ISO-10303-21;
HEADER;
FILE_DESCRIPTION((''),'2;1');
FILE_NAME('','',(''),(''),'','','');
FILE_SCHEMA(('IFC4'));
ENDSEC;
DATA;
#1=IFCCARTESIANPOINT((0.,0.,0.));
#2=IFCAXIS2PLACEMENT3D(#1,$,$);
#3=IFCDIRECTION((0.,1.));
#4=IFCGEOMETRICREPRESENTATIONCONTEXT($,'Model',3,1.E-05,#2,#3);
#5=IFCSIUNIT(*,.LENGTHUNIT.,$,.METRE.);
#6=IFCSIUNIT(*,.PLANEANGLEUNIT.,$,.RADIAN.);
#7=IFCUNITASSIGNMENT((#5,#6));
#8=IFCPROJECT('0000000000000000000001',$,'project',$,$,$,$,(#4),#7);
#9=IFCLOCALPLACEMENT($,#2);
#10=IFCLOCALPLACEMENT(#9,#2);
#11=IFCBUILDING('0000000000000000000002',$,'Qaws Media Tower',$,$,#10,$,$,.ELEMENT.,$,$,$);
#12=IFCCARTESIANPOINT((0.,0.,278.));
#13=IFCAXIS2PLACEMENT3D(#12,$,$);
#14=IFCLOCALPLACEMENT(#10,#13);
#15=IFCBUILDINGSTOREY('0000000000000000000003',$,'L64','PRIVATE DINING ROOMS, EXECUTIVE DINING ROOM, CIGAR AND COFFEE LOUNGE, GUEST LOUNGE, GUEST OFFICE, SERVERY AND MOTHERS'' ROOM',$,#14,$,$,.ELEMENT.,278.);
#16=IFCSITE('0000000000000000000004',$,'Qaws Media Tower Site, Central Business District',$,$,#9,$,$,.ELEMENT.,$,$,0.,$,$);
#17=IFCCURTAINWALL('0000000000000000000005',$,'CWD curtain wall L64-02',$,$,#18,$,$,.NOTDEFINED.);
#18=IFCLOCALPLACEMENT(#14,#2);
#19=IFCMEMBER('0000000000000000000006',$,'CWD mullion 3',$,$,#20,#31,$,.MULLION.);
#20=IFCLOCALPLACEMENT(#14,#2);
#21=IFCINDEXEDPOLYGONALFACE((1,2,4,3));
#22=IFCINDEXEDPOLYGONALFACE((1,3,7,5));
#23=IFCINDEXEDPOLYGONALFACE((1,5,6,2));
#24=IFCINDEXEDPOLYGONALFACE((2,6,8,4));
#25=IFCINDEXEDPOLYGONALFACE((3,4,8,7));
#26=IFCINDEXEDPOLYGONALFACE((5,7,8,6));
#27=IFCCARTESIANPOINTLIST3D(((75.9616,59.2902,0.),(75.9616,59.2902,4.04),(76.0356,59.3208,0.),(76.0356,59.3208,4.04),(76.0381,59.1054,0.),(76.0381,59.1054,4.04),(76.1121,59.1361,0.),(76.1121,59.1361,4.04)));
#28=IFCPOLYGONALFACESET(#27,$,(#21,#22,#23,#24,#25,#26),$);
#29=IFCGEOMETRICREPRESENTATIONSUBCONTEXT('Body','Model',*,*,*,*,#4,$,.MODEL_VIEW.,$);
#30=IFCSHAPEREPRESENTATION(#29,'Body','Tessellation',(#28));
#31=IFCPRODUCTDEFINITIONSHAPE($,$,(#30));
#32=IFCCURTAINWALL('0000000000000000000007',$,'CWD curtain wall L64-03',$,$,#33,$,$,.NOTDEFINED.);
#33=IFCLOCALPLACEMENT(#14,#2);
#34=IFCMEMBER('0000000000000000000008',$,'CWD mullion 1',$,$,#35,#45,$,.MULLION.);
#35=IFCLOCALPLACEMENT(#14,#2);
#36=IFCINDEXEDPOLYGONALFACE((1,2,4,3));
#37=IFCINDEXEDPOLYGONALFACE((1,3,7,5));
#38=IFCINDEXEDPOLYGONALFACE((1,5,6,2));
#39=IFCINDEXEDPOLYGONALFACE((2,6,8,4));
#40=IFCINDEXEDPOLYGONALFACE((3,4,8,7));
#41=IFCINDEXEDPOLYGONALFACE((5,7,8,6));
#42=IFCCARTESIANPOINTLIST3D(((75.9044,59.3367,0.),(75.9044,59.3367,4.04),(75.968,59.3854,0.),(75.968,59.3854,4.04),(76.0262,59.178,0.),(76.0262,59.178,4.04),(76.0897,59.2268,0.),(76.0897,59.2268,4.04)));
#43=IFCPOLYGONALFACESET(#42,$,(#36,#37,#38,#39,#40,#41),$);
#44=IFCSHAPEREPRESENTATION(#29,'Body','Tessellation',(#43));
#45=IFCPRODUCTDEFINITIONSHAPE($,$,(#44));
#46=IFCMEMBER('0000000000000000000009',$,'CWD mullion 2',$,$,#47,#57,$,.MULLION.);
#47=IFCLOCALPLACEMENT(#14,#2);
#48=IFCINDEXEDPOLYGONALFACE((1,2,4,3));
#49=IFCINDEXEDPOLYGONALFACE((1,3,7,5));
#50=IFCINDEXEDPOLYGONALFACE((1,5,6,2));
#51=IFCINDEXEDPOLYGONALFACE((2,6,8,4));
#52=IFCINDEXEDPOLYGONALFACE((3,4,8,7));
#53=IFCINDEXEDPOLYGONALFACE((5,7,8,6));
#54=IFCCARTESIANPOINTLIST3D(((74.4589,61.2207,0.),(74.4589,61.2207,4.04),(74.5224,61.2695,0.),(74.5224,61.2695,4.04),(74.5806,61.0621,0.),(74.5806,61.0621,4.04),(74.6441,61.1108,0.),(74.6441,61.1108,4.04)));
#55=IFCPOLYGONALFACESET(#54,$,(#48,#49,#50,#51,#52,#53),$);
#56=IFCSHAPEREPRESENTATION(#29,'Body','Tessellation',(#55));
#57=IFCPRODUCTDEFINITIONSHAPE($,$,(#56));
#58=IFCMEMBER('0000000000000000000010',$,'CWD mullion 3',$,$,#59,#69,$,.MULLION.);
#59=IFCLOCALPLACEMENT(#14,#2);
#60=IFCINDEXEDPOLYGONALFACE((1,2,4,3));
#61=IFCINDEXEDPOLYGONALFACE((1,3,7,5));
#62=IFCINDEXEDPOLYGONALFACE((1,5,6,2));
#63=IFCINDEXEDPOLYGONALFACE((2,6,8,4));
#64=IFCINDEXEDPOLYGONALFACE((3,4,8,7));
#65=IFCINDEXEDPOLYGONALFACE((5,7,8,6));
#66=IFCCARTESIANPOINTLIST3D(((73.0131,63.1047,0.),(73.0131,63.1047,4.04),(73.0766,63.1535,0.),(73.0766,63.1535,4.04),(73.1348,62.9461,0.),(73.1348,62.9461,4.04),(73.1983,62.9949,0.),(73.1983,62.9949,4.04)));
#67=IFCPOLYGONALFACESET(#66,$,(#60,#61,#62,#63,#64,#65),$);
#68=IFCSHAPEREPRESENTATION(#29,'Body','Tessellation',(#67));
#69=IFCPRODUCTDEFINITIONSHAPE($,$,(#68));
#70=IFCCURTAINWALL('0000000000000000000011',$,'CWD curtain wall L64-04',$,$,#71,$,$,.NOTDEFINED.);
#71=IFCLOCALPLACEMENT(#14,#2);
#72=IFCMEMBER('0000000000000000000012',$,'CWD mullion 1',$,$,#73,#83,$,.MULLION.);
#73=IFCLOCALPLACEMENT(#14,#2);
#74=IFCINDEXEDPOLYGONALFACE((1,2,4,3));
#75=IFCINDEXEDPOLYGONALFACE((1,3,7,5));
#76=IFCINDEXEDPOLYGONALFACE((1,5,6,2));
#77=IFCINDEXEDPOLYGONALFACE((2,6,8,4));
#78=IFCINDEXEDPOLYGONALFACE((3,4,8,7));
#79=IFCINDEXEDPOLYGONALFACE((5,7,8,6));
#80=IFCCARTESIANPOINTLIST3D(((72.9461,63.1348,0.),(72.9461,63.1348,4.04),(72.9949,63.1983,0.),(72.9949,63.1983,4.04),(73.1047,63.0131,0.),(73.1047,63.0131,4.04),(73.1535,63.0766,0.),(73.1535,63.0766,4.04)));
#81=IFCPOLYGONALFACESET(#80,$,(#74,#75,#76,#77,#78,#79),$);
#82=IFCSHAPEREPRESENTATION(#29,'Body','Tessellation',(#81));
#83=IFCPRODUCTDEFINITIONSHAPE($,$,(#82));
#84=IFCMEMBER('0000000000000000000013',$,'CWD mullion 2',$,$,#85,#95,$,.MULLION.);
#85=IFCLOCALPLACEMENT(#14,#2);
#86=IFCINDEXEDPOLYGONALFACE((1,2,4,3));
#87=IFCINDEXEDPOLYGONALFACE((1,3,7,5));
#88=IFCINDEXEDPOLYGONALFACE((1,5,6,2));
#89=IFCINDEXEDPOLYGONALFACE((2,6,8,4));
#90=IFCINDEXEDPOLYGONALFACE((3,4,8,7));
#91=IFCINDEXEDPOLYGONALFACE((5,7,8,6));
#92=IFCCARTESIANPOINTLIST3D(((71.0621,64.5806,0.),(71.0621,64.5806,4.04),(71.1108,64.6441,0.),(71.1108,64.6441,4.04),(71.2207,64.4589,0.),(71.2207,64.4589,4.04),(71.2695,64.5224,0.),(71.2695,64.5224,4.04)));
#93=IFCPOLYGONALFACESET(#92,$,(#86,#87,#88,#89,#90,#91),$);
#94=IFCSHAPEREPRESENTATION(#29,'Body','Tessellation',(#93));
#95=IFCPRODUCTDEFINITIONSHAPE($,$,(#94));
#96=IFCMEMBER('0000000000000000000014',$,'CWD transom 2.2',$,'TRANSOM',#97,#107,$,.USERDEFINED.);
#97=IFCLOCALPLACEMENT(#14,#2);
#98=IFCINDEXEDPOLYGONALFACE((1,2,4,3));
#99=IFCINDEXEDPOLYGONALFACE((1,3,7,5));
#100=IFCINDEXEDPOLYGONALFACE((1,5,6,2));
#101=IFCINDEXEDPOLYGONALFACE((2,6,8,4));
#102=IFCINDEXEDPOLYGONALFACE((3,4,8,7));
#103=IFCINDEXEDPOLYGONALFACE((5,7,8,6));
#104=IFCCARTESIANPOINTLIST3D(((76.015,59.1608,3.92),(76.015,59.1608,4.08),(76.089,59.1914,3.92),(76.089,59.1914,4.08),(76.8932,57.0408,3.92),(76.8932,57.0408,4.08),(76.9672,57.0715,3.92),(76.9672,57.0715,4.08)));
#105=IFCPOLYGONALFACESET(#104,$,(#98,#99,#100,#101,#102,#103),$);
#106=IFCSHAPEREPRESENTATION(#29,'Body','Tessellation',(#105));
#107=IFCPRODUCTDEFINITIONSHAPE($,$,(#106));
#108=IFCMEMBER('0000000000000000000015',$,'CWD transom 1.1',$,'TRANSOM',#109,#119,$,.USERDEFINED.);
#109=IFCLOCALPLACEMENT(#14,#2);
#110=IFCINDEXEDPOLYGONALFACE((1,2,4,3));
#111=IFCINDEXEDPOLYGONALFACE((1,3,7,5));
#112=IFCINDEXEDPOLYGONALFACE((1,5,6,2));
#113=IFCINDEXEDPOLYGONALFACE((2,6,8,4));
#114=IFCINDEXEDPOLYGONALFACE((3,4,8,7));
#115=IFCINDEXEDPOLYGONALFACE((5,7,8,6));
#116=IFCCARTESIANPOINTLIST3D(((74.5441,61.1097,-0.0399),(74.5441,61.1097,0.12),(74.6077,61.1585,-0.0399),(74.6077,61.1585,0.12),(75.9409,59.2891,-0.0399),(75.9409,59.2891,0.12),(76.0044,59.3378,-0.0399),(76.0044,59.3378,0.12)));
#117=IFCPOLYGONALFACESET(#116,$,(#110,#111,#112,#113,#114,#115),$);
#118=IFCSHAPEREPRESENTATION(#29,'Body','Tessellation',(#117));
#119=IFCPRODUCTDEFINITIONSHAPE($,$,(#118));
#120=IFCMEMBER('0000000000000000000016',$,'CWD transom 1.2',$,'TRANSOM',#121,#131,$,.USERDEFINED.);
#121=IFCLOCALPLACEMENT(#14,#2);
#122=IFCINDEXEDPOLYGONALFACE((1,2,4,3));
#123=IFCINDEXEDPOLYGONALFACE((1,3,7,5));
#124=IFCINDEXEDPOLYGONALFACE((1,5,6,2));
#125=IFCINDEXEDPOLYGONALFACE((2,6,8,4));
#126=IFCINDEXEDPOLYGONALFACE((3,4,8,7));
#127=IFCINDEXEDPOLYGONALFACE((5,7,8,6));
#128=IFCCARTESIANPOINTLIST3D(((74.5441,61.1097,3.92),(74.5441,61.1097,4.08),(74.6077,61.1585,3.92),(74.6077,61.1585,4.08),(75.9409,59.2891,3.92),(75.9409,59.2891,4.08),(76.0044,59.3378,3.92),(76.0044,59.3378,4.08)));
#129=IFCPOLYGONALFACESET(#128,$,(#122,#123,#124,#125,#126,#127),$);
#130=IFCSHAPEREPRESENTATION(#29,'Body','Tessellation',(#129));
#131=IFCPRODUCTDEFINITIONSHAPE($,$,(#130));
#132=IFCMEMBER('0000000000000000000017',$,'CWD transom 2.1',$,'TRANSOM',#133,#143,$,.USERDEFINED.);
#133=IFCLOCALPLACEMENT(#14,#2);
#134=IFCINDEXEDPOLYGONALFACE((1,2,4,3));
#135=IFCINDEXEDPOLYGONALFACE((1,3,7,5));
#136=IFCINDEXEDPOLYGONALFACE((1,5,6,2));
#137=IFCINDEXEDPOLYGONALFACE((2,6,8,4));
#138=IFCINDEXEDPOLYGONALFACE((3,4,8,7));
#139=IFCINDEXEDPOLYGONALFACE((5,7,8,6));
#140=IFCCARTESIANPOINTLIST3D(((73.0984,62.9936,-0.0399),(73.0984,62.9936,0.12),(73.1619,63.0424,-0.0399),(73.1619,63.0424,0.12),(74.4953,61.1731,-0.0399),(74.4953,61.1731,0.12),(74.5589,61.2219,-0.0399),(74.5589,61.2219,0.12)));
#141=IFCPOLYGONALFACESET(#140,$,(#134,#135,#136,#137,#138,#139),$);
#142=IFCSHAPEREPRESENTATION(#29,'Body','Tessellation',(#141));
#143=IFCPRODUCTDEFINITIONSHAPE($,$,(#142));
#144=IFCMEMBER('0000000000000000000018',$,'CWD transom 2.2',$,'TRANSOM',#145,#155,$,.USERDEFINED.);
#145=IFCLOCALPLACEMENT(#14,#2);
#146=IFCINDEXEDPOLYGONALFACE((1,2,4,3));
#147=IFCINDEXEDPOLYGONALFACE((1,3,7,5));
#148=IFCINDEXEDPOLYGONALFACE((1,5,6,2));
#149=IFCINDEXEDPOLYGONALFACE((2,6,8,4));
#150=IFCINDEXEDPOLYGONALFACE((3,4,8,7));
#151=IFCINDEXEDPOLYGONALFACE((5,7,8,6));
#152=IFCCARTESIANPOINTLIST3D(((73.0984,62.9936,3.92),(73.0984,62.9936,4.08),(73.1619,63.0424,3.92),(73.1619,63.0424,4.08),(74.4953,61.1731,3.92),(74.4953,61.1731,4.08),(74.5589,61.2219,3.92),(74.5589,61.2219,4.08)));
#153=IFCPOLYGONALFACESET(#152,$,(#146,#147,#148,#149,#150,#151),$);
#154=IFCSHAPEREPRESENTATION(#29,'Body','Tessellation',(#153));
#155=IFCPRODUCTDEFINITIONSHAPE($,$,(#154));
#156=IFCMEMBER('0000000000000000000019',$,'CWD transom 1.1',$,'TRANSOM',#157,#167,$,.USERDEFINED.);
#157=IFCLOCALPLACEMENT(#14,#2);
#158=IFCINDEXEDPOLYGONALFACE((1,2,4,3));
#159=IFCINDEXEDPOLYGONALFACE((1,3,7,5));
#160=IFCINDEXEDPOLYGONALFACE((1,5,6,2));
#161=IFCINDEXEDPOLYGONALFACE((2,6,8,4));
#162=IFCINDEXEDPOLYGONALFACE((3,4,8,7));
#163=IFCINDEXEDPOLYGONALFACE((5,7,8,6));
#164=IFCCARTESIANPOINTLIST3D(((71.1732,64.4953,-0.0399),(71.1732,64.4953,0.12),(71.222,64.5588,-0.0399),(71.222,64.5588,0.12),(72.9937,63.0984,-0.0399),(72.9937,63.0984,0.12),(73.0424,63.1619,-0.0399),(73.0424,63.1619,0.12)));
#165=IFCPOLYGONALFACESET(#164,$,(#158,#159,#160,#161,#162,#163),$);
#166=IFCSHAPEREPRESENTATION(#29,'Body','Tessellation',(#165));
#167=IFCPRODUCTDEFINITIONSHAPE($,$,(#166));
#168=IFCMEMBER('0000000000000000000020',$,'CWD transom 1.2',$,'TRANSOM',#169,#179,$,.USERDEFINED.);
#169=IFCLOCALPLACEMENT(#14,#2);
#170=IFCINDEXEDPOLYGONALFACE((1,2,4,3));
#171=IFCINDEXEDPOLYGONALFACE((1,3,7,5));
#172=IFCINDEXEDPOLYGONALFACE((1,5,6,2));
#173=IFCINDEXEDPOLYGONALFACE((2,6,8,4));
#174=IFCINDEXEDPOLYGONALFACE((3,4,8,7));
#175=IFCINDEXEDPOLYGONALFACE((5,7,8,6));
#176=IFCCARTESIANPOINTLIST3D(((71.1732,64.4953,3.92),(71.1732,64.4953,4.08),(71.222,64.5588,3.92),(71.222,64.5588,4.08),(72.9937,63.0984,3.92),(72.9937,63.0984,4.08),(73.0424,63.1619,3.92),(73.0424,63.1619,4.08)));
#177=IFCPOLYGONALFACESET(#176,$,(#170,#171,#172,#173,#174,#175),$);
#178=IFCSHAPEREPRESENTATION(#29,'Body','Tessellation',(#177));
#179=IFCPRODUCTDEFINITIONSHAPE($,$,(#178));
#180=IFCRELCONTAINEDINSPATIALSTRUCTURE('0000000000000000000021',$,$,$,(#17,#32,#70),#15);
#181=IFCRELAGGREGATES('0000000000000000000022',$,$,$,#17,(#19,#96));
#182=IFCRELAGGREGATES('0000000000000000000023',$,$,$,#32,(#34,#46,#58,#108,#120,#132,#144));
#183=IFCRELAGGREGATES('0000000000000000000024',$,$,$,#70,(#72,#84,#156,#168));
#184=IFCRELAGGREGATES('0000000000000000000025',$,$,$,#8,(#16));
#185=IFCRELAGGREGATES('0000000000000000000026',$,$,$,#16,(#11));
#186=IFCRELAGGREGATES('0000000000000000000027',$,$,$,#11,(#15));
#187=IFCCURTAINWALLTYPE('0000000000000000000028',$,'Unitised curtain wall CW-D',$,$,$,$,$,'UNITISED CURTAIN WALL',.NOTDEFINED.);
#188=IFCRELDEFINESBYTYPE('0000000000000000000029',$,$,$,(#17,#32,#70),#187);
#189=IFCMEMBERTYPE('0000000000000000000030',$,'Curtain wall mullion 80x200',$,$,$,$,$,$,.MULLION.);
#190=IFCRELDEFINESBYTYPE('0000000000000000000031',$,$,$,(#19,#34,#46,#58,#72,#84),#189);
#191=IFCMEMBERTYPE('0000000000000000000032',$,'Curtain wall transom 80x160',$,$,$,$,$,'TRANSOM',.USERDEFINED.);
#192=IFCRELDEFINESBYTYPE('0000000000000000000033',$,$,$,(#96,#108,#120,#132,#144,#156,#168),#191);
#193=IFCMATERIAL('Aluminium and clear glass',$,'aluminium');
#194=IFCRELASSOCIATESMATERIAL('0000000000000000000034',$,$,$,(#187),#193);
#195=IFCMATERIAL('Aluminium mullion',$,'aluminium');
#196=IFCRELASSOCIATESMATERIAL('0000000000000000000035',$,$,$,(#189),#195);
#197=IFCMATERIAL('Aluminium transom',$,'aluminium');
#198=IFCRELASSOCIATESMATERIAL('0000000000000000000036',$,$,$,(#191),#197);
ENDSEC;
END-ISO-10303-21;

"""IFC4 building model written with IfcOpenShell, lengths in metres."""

from ifc_helpers import new_model, si_unit, direction, frame, origin, origin_2d, place, context, subcontext, project, spatial, rectangle, extrude, material, material_profile, profile_set, type_object, element, aggregate, save


model = new_model("IFC4")

# Units and contexts
model_context = context("Model", 3, precision=1e-05, world=origin(), true_north=direction((0.0, 1.0)))
body_context = subcontext(model_context, "Body", "Model", "MODEL_VIEW")
ifc_project = project(units=[si_unit("LENGTHUNIT", "METRE"), si_unit("PLANEANGLEUNIT", "RADIAN")], contexts=[model_context])

# Site, building, storey
site_placement = place(None, origin())
site = spatial("IfcSite", under=ifc_project, at=site_placement, Name="Qaws Media Tower Site, Central Business District", CompositionType="ELEMENT", RefElevation=0.0)
building_placement = place(site_placement, origin())
building = spatial("IfcBuilding", under=site, at=building_placement, Name="Qaws Media Tower", CompositionType="ELEMENT")
storey_placement = place(building_placement, frame((0.0, 0.0, 278.0)))
storey = spatial("IfcBuildingStorey", under=building, at=storey_placement, Name="L64", Description="PRIVATE DINING ROOMS, EXECUTIVE DINING ROOM, CIGAR AND COFFEE LOUNGE, GUEST LOUNGE, GUEST OFFICE, SERVERY AND MOTHERS' ROOM", CompositionType="ELEMENT", Elevation=278.0)

# Curtain wall, member
ifc_material_1 = material(Name="Aluminium and clear glass", Category="aluminium")
curtain_wall_type = type_object("IfcCurtainWallType", Name="Unitised curtain wall CW-D", ElementType="UNITISED CURTAIN WALL", PredefinedType="NOTDEFINED", material=ifc_material_1)
curtain_wall_1_placement = place(storey_placement, origin())
curtain_wall_1 = element("IfcCurtainWall", 1, at=curtain_wall_1_placement, inside=storey, type_object=curtain_wall_type, Name="CWD curtain wall L64-02", PredefinedType="NOTDEFINED")
ifc_material_2 = material(Name="Aluminium mullion", Category="aluminium")
ifc_material_profile_1 = material_profile(ifc_material_2, rectangle(XDim=0.0801, YDim=0.2, at=origin_2d()), Name="80x200")
ifc_profile_set_1 = profile_set([ifc_material_profile_1], Name="Aluminium mullion")
member_type_1 = type_object("IfcMemberType", Name="Curtain wall mullion 80x200", PredefinedType="MULLION", material=ifc_profile_set_1)
member_1_placement = place(storey_placement, frame((76.0369, 59.2131, 0.0), z_axis=(0.0, 0.0, 1.0), x_axis=(-0.92388, -0.382683, 0.0)))
member_1 = element("IfcMember", 2, at=member_1_placement, type_object=member_type_1, Name="CWD mullion 3", PredefinedType="MULLION", context=body_context, shape_type="SweptSolid", body=[
    extrude(rectangle(XDim=0.0801, YDim=0.2, at=origin_2d()), origin(), (0.0, 0.0, 1.0), 4.04),
])

# Curtain walls, members
curtain_wall_2_placement = place(storey_placement, origin())
curtain_wall_2 = element("IfcCurtainWall", 3, at=curtain_wall_2_placement, inside=storey, type_object=curtain_wall_type, Name="CWD curtain wall L64-03", PredefinedType="NOTDEFINED")
member_2_placement = place(storey_placement, frame((75.9971, 59.2817, 0.0), z_axis=(0.0, 0.0, 1.0), x_axis=(-0.793353, -0.608762, 0.0)))
member_2 = element("IfcMember", 4, at=member_2_placement, type_object=member_type_1, Name="CWD mullion 1", PredefinedType="MULLION", context=body_context, shape_type="SweptSolid", body=[
    extrude(rectangle(XDim=0.0801, YDim=0.2, at=origin_2d()), origin(), (0.0, 0.0, 1.0), 4.04),
])
member_3_placement = place(storey_placement, frame((74.5515, 61.1658, 0.0), z_axis=(0.0, 0.0, 1.0), x_axis=(-0.793353, -0.608762, 0.0)))
member_3 = element("IfcMember", 5, at=member_3_placement, type_object=member_type_1, Name="CWD mullion 2", PredefinedType="MULLION", context=body_context, shape_type="SweptSolid", body=[
    extrude(rectangle(XDim=0.0801, YDim=0.2, at=origin_2d()), origin(), (0.0, 0.0, 1.0), 4.04),
])
member_4_placement = place(storey_placement, frame((73.1057, 63.0498, 0.0), z_axis=(0.0, 0.0, 1.0), x_axis=(-0.793353, -0.608762, 0.0)))
member_4 = element("IfcMember", 6, at=member_4_placement, type_object=member_type_1, Name="CWD mullion 3", PredefinedType="MULLION", context=body_context, shape_type="SweptSolid", body=[
    extrude(rectangle(XDim=0.0801, YDim=0.2, at=origin_2d()), origin(), (0.0, 0.0, 1.0), 4.04),
])
curtain_wall_3_placement = place(storey_placement, origin())
curtain_wall_3 = element("IfcCurtainWall", 7, at=curtain_wall_3_placement, inside=storey, type_object=curtain_wall_type, Name="CWD curtain wall L64-04", PredefinedType="NOTDEFINED")
member_5_placement = place(storey_placement, frame((73.0498, 63.1057, 0.0), z_axis=(0.0, 0.0, 1.0), x_axis=(-0.608762, -0.793353, 0.0)))
member_5 = element("IfcMember", 8, at=member_5_placement, type_object=member_type_1, Name="CWD mullion 1", PredefinedType="MULLION", context=body_context, shape_type="SweptSolid", body=[
    extrude(rectangle(XDim=0.0801, YDim=0.2, at=origin_2d()), origin(), (0.0, 0.0, 1.0), 4.04),
])
member_6_placement = place(storey_placement, frame((71.1658, 64.5515, 0.0), z_axis=(0.0, 0.0, 1.0), x_axis=(-0.608762, -0.793353, 0.0)))
member_6 = element("IfcMember", 9, at=member_6_placement, type_object=member_type_1, Name="CWD mullion 2", PredefinedType="MULLION", context=body_context, shape_type="SweptSolid", body=[
    extrude(rectangle(XDim=0.0801, YDim=0.2, at=origin_2d()), origin(), (0.0, 0.0, 1.0), 4.04),
])

# Members
ifc_material_3 = material(Name="Aluminium transom", Category="aluminium")
ifc_material_profile_2 = material_profile(ifc_material_3, rectangle(XDim=0.0801, YDim=0.1599, at=origin_2d()), Name="80x160")
ifc_profile_set_2 = profile_set([ifc_material_profile_2], Name="Aluminium transom")
member_type_2 = type_object("IfcMemberType", Name="Curtain wall transom 80x160", ElementType="TRANSOM", PredefinedType="USERDEFINED", material=ifc_profile_set_2)
member_7_placement = place(storey_placement, frame((76.9302, 57.0562, 4.0), z_axis=(-0.382718, 0.923865, 0.0), x_axis=(-0.923865, -0.382718, 0.0)))
member_7 = element("IfcMember", 10, at=member_7_placement, type_object=member_type_2, Name="CWD transom 2.2", ObjectType="TRANSOM", PredefinedType="USERDEFINED", context=body_context, shape_type="SweptSolid", body=[
    extrude(rectangle(XDim=0.0801, YDim=0.1599, at=origin_2d()), origin(), (0.0, 0.0, 1.0), 2.2947),
])
member_8_placement = place(storey_placement, frame((75.9727, 59.3135, 0.04), z_axis=(-0.608697, 0.793403, 0.0), x_axis=(-0.793403, -0.608697, 0.0)))
member_8 = element("IfcMember", 11, at=member_8_placement, type_object=member_type_2, Name="CWD transom 1.1", ObjectType="TRANSOM", PredefinedType="USERDEFINED", context=body_context, shape_type="SweptSolid", body=[
    extrude(rectangle(XDim=0.0801, YDim=0.1599, at=origin_2d()), origin(), (0.0, 0.0, 1.0), 2.2947),
])
member_9_placement = place(storey_placement, frame((75.9727, 59.3135, 4.0), z_axis=(-0.608697, 0.793403, 0.0), x_axis=(-0.793403, -0.608697, 0.0)))
member_9 = element("IfcMember", 12, at=member_9_placement, type_object=member_type_2, Name="CWD transom 1.2", ObjectType="TRANSOM", PredefinedType="USERDEFINED", context=body_context, shape_type="SweptSolid", body=[
    extrude(rectangle(XDim=0.0801, YDim=0.1599, at=origin_2d()), origin(), (0.0, 0.0, 1.0), 2.2947),
])
member_10_placement = place(storey_placement, frame((74.5271, 61.1975, 0.04), z_axis=(-0.608764, 0.793351, 0.0), x_axis=(-0.793351, -0.608764, 0.0)))
member_10 = element("IfcMember", 13, at=member_10_placement, type_object=member_type_2, Name="CWD transom 2.1", ObjectType="TRANSOM", PredefinedType="USERDEFINED", context=body_context, shape_type="SweptSolid", body=[
    extrude(rectangle(XDim=0.0801, YDim=0.1599, at=origin_2d()), origin(), (0.0, 0.0, 1.0), 2.2947),
])
member_11_placement = place(storey_placement, frame((74.5271, 61.1975, 4.0), z_axis=(-0.608764, 0.793351, 0.0), x_axis=(-0.793351, -0.608764, 0.0)))
member_11 = element("IfcMember", 14, at=member_11_placement, type_object=member_type_2, Name="CWD transom 2.2", ObjectType="TRANSOM", PredefinedType="USERDEFINED", context=body_context, shape_type="SweptSolid", body=[
    extrude(rectangle(XDim=0.0801, YDim=0.1599, at=origin_2d()), origin(), (0.0, 0.0, 1.0), 2.2947),
])
member_12_placement = place(storey_placement, frame((73.0181, 63.1301, 0.04), z_axis=(-0.793351, 0.608764, 0.0), x_axis=(-0.608764, -0.793351, 0.0)))
member_12 = element("IfcMember", 15, at=member_12_placement, type_object=member_type_2, Name="CWD transom 1.1", ObjectType="TRANSOM", PredefinedType="USERDEFINED", context=body_context, shape_type="SweptSolid", body=[
    extrude(rectangle(XDim=0.0801, YDim=0.1599, at=origin_2d()), origin(), (0.0, 0.0, 1.0), 2.2947),
])
member_13_placement = place(storey_placement, frame((73.0181, 63.1301, 4.0), z_axis=(-0.793351, 0.608764, 0.0), x_axis=(-0.608764, -0.793351, 0.0)))
member_13 = element("IfcMember", 16, at=member_13_placement, type_object=member_type_2, Name="CWD transom 1.2", ObjectType="TRANSOM", PredefinedType="USERDEFINED", context=body_context, shape_type="SweptSolid", body=[
    extrude(rectangle(XDim=0.0801, YDim=0.1599, at=origin_2d()), origin(), (0.0, 0.0, 1.0), 2.2947),
])

aggregate(curtain_wall_1, [member_1, member_7])
aggregate(curtain_wall_2, [member_2, member_3, member_4, member_8, member_9, member_10, member_11])
aggregate(curtain_wall_3, [member_5, member_6, member_12, member_13])

save(model, "model.ifc")
